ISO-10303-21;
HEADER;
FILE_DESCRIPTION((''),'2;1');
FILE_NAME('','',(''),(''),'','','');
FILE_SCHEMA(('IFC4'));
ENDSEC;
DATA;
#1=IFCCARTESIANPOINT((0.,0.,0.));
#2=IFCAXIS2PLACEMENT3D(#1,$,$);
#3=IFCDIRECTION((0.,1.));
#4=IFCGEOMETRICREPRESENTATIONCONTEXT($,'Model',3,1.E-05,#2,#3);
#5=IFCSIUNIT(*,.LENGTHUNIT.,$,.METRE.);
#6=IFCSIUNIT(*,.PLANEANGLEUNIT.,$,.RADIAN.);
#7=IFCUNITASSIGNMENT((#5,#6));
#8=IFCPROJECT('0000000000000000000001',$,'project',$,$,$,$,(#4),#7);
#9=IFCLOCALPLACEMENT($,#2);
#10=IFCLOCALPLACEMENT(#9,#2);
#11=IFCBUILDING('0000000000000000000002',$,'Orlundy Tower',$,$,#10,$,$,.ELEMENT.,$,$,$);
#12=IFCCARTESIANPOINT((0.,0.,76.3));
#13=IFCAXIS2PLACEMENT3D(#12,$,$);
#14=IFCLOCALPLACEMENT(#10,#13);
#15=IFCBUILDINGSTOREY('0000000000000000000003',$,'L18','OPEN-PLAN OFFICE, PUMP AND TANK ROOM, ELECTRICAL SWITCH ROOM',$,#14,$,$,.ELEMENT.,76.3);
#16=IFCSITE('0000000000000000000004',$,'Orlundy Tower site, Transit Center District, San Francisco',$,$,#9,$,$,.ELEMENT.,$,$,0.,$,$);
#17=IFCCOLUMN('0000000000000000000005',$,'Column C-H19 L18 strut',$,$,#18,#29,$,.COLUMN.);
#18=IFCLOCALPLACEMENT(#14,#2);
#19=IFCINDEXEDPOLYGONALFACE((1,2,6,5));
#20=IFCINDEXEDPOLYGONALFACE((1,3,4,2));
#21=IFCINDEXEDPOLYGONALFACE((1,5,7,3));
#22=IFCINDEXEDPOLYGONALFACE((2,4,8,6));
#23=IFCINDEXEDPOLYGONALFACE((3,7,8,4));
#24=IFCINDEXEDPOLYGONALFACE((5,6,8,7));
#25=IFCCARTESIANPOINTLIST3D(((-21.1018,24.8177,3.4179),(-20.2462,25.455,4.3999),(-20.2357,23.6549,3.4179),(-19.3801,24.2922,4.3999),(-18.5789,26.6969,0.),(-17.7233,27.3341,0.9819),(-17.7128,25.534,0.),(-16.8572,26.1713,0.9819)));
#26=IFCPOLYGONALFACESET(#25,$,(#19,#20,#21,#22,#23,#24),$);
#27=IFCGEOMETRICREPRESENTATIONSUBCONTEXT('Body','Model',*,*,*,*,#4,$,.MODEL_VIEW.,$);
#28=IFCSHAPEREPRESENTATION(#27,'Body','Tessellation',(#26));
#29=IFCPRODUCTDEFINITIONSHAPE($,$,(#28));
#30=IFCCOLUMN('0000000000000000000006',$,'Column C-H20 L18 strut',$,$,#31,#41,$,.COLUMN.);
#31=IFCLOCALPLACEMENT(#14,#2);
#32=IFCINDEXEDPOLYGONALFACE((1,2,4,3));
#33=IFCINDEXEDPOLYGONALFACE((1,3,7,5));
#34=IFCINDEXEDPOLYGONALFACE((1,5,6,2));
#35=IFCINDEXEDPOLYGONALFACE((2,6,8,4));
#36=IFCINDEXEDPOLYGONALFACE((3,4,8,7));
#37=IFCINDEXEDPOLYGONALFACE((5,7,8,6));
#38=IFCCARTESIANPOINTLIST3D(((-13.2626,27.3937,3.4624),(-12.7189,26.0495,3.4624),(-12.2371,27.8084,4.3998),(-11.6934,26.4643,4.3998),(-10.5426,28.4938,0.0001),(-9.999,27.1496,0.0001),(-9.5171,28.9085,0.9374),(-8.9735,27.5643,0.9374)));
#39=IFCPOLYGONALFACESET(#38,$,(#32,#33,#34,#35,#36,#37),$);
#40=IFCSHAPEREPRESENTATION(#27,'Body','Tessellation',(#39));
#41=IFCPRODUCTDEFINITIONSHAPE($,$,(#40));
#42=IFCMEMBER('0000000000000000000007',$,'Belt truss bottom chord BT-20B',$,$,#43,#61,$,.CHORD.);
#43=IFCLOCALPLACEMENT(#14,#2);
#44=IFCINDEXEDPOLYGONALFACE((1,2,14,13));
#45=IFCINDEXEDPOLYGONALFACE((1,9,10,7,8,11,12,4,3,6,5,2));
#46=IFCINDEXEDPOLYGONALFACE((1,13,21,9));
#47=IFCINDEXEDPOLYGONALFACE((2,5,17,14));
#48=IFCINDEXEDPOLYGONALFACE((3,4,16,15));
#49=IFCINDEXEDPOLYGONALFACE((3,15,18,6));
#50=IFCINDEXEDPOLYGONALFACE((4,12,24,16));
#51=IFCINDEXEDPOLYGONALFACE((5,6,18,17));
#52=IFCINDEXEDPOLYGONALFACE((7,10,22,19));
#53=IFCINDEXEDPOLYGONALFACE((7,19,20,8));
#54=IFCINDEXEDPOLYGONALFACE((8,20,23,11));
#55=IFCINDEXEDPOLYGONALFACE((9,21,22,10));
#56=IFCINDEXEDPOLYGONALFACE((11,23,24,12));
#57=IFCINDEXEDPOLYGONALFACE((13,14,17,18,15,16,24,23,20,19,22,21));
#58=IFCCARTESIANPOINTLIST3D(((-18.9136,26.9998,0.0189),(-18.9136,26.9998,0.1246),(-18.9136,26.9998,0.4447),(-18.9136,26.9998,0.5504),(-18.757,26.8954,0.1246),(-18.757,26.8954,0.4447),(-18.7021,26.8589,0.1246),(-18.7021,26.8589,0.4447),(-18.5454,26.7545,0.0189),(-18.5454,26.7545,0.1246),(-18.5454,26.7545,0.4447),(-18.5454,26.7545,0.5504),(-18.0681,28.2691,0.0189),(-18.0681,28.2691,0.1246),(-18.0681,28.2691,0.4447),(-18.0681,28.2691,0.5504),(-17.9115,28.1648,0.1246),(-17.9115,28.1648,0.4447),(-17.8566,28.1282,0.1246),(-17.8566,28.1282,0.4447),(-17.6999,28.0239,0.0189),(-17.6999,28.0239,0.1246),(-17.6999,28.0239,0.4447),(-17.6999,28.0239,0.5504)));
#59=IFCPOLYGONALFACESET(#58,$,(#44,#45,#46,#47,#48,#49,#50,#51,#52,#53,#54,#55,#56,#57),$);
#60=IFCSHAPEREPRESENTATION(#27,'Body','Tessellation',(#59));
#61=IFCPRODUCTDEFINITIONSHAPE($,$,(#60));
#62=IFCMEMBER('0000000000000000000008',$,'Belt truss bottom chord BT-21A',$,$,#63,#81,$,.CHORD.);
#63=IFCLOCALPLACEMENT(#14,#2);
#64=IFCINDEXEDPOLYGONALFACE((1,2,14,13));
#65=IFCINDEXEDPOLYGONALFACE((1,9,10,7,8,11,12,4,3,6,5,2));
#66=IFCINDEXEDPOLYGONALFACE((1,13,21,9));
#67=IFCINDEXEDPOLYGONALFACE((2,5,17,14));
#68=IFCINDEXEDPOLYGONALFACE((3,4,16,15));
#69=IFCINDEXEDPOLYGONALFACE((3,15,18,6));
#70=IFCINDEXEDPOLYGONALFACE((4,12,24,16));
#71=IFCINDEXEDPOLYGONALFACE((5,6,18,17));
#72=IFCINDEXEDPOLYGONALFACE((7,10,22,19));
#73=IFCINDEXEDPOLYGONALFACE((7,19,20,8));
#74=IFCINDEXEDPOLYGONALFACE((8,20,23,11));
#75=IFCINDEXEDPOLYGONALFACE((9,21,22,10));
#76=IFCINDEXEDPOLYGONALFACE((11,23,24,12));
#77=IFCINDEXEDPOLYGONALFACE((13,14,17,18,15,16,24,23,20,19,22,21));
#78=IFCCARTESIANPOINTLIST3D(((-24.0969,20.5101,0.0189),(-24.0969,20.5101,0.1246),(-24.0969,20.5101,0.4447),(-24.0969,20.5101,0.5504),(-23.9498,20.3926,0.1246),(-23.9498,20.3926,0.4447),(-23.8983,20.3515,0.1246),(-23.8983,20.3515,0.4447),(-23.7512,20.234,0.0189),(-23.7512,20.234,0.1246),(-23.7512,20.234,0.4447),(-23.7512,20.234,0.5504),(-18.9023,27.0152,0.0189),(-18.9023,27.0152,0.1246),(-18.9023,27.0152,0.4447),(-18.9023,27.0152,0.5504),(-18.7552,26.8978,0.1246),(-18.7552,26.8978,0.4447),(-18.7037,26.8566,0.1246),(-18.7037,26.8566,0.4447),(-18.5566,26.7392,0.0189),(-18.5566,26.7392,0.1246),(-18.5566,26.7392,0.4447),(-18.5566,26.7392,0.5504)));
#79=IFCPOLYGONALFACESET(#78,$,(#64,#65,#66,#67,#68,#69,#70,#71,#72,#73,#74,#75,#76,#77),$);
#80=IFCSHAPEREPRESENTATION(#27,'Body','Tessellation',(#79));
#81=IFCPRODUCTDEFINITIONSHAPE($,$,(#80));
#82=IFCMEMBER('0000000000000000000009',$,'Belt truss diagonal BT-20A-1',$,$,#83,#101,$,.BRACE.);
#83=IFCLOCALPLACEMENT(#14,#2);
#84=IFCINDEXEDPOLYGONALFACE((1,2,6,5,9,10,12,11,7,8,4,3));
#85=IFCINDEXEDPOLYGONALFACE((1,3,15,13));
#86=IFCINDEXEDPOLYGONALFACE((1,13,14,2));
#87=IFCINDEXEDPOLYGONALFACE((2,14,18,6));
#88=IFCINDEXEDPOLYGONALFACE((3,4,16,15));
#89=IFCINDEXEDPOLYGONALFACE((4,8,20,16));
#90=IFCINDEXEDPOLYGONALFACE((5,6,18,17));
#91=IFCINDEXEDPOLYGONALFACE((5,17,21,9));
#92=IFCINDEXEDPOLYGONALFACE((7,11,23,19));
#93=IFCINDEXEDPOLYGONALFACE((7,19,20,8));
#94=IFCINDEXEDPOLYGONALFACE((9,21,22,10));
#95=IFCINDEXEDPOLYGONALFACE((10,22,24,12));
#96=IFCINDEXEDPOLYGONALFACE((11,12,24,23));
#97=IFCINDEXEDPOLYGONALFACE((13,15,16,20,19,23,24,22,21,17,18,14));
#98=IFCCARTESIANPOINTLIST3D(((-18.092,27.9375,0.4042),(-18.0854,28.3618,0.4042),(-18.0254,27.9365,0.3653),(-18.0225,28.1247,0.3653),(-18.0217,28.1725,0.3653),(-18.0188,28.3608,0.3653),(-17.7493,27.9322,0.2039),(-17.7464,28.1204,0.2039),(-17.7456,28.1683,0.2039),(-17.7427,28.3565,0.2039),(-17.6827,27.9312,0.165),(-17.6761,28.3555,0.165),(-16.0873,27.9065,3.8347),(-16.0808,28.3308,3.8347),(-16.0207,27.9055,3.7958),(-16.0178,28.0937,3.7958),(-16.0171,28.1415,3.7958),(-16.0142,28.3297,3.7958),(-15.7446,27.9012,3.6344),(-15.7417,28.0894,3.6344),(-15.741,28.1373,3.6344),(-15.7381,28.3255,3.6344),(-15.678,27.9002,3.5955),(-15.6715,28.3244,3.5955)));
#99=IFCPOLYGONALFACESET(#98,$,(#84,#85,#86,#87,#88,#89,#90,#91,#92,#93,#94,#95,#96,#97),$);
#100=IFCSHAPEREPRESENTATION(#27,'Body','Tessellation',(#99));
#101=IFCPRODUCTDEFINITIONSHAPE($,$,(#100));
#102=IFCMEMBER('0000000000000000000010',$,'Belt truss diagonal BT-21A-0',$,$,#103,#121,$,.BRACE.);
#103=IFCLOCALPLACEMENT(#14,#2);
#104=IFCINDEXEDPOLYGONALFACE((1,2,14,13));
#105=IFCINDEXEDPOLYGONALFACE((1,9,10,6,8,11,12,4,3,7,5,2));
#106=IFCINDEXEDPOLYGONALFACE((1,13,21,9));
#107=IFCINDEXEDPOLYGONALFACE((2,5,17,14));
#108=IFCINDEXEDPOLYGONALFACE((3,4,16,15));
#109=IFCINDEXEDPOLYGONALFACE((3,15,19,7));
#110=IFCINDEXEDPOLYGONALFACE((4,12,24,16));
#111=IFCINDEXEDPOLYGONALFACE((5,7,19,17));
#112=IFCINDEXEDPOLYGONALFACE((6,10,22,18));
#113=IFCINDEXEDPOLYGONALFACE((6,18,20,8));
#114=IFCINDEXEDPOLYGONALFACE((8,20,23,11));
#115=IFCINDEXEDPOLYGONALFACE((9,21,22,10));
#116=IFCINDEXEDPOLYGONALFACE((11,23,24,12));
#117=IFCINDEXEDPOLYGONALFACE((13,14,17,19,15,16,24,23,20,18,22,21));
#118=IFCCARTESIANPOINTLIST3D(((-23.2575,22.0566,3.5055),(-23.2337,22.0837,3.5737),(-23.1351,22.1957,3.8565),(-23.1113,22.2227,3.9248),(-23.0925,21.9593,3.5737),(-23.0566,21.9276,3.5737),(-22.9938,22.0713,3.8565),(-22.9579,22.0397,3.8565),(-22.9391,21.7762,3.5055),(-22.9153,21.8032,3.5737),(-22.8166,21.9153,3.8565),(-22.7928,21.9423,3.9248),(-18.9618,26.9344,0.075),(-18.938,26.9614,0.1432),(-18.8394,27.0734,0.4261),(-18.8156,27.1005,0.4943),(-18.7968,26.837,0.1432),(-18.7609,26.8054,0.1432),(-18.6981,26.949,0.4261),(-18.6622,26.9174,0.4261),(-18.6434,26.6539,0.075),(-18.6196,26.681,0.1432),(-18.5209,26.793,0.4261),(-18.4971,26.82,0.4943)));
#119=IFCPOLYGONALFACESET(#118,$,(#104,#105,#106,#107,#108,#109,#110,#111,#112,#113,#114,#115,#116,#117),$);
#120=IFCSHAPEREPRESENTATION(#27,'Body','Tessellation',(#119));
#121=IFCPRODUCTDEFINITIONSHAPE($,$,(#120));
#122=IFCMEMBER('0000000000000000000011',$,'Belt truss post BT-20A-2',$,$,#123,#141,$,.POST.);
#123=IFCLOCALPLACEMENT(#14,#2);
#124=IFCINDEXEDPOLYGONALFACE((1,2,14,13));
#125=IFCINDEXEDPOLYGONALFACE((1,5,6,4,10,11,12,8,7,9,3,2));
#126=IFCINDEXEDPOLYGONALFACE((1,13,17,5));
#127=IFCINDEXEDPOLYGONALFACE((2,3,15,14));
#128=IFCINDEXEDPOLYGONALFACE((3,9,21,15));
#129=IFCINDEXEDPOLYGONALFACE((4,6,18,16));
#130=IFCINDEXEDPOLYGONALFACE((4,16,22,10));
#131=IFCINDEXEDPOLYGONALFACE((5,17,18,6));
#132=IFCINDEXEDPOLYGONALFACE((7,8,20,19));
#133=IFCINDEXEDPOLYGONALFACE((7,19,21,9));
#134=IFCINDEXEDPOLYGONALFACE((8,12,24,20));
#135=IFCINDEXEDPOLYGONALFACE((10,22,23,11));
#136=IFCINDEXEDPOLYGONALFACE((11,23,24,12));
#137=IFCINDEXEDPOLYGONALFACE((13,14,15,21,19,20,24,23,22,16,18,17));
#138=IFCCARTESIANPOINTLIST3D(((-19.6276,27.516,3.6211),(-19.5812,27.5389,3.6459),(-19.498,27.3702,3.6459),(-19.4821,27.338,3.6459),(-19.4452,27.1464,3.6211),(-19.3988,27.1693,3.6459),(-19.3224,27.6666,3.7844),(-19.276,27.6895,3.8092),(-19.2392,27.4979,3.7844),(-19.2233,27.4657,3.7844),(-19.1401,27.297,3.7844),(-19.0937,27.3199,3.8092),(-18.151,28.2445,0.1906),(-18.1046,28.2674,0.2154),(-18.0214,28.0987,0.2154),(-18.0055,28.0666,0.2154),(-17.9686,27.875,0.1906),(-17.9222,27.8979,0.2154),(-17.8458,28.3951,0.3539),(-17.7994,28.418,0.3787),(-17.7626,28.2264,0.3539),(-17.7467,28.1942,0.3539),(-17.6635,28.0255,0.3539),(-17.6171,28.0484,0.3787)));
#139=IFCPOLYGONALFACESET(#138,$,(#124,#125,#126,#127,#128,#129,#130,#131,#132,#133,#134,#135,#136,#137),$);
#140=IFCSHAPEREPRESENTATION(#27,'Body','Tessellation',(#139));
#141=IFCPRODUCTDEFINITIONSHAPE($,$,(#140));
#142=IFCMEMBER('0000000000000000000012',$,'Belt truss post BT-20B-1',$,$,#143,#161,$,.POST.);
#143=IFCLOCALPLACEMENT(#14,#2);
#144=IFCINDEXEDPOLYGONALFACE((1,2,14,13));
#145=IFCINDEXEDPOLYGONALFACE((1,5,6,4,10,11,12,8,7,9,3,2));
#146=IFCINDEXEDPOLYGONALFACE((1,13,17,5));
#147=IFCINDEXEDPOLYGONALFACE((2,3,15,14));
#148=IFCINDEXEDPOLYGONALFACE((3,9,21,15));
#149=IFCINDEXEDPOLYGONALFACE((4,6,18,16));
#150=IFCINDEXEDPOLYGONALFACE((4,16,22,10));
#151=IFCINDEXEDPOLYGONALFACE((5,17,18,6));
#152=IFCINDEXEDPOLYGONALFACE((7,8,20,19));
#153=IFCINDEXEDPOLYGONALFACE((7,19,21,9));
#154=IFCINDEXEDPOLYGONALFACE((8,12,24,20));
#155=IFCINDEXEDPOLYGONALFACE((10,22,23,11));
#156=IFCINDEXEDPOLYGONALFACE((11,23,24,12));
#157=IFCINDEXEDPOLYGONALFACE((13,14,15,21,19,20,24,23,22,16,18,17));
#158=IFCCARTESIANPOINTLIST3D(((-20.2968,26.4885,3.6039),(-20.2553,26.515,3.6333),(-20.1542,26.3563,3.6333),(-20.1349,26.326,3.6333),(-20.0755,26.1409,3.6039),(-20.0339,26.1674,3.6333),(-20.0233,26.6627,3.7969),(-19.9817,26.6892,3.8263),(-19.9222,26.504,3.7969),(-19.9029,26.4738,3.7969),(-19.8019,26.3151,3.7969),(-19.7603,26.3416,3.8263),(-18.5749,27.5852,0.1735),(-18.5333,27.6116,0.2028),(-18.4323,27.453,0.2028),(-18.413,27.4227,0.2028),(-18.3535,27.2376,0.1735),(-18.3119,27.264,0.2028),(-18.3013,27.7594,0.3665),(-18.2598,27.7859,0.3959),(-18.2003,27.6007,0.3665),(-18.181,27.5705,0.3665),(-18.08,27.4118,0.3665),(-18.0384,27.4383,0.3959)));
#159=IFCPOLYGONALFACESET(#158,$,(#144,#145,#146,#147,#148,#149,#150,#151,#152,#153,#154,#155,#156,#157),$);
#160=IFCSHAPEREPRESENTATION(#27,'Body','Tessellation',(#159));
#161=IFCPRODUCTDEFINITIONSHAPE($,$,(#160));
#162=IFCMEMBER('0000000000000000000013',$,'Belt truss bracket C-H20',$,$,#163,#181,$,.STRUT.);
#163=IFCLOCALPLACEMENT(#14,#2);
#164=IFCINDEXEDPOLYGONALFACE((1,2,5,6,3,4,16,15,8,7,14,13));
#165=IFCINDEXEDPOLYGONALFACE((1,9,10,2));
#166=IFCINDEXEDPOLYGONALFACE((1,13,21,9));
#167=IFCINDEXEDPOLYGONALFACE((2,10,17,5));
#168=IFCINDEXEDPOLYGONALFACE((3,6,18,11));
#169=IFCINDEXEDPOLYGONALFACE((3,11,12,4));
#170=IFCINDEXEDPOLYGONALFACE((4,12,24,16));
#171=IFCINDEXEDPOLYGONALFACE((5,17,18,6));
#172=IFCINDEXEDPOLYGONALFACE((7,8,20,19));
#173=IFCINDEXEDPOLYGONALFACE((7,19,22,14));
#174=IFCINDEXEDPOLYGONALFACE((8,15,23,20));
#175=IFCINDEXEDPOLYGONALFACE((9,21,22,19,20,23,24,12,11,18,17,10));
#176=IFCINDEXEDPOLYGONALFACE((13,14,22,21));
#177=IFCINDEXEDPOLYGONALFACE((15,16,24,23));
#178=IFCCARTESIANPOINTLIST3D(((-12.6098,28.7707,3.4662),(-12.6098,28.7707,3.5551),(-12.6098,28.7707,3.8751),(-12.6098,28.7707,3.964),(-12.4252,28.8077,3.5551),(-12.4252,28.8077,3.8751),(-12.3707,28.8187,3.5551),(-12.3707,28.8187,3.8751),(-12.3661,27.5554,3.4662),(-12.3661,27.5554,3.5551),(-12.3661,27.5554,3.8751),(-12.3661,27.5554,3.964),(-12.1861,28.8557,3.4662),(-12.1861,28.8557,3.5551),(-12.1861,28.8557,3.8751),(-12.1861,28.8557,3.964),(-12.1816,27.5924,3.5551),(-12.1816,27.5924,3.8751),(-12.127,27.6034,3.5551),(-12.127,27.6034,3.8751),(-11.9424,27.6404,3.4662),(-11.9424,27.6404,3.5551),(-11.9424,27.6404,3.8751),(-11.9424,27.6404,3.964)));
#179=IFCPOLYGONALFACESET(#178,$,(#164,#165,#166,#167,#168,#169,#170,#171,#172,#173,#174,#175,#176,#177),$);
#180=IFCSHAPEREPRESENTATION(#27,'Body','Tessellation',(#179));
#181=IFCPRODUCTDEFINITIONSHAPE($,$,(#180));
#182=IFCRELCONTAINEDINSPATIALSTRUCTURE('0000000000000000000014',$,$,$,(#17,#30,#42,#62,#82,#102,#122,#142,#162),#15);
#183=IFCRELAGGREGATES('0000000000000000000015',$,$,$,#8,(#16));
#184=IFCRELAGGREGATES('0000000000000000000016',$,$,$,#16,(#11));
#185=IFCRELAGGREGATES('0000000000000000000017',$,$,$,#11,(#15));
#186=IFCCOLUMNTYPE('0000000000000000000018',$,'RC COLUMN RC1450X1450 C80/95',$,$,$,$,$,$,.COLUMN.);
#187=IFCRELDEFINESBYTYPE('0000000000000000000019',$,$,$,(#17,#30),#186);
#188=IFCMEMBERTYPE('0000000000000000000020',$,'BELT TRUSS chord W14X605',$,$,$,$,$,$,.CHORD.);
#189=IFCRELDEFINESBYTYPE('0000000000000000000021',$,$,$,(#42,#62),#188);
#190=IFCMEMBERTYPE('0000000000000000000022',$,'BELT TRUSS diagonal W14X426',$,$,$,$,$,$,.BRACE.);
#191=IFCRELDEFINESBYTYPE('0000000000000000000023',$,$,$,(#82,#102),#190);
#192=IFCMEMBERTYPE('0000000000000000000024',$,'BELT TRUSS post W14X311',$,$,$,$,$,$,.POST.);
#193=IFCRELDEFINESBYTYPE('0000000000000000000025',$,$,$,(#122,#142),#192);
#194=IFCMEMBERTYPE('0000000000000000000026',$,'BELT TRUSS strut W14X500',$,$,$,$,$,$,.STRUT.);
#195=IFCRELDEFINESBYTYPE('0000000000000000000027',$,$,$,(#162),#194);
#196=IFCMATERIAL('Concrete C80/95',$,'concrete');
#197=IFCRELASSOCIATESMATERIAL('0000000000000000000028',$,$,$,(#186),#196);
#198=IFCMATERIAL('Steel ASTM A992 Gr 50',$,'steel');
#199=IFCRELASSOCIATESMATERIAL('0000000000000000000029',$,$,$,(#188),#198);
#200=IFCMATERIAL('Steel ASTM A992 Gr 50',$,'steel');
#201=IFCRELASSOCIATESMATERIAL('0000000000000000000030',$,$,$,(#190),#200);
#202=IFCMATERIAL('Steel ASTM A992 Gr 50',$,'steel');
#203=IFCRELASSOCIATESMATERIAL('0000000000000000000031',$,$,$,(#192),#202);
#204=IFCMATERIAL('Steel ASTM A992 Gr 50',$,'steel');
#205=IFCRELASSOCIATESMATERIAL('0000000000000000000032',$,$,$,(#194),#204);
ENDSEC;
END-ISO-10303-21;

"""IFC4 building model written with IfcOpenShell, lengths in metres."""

from ifc_helpers import new_model, si_unit, direction, frame, origin, origin_2d, place, context, subcontext, project, spatial, rectangle, i_section, extrude, material, material_profile, profile_set, type_object, element, save


model = new_model("IFC4")

# Units and contexts
model_context = context("Model", 3, precision=1e-05, world=origin(), true_north=direction((0.0, 1.0)))
body_context = subcontext(model_context, "Body", "Model", "MODEL_VIEW")
ifc_project = project(units=[si_unit("LENGTHUNIT", "METRE"), si_unit("PLANEANGLEUNIT", "RADIAN")], contexts=[model_context])

# Site, building, storey
site_placement = place(None, origin())
site = spatial("IfcSite", under=ifc_project, at=site_placement, Name="Orlundy Tower site, Transit Center District, San Francisco", CompositionType="ELEMENT", RefElevation=0.0)
building_placement = place(site_placement, origin())
building = spatial("IfcBuilding", under=site, at=building_placement, Name="Orlundy Tower", CompositionType="ELEMENT")
storey_placement = place(building_placement, frame((0.0, 0.0, 76.3)))
storey = spatial("IfcBuildingStorey", under=building, at=storey_placement, Name="L18", Description="OPEN-PLAN OFFICE, PUMP AND TANK ROOM, ELECTRICAL SWITCH ROOM", CompositionType="ELEMENT", Elevation=76.3)

# Columns
ifc_material_1 = material(Name="Concrete C80/95", Category="concrete")
ifc_material_profile_1 = material_profile(ifc_material_1, rectangle(XDim=1.45, YDim=1.45, at=origin_2d()), Name="RC1450X1450")
ifc_profile_set_1 = profile_set([ifc_material_profile_1], Name="Concrete C80/95")
column_type = type_object("IfcColumnType", Name="RC COLUMN RC1450X1450 C80/95", PredefinedType="COLUMN", material=ifc_profile_set_1)
column_1_placement = place(storey_placement, frame((-17.718, 26.4341, 0.491), z_axis=(-0.543116, -0.404526, 0.735788), x_axis=(0.597339, -0.801989, 0.0)))
element("IfcColumn", 1, at=column_1_placement, inside=storey, type_object=column_type, Name="Column C-H19 L18 strut", PredefinedType="COLUMN", context=body_context, shape_type="SweptSolid", body=[
    extrude(rectangle(XDim=1.45, YDim=1.45, at=origin_2d()), origin(), (0.0, 0.0, 1.0), 4.6453),
])
column_2_placement = place(storey_placement, frame((-9.7581, 28.0291, 0.4688), z_axis=(-0.599329, -0.2424, 0.76292), x_axis=(0.374946, -0.927047, 0.0)))
element("IfcColumn", 2, at=column_2_placement, inside=storey, type_object=column_type, Name="Column C-H20 L18 strut", PredefinedType="COLUMN", context=body_context, shape_type="SweptSolid", body=[
    extrude(rectangle(XDim=1.45, YDim=1.45, at=origin_2d()), origin(), (0.0, 0.0, 1.0), 4.5383),
])

# Members
ifc_material_2 = material(Name="Steel ASTM A992 Gr 50", Category="steel")
ifc_material_profile_2 = material_profile(ifc_material_2, i_section(OverallWidth=0.4424, OverallDepth=0.5315, WebThickness=0.0659, FlangeThickness=0.1057, at=origin_2d()), Name="W14X605")
ifc_profile_set_2 = profile_set([ifc_material_profile_2], Name="Steel ASTM A992 Gr 50")
member_type_1 = type_object("IfcMemberType", Name="BELT TRUSS chord W14X605", PredefinedType="CHORD", material=ifc_profile_set_2)
member_1_placement = place(storey_placement, frame((-17.884, 28.1465, 0.2847), z_axis=(-0.554368, -0.832272, 0.0), x_axis=(0.832272, -0.554368, 0.0)))
element("IfcMember", 3, at=member_1_placement, inside=storey, type_object=member_type_1, Name="Belt truss bottom chord BT-20B", PredefinedType="CHORD", context=body_context, shape_type="SweptSolid", body=[
    extrude(i_section(OverallWidth=0.4424, OverallDepth=0.5315, WebThickness=0.0659, FlangeThickness=0.1057, at=origin_2d()), origin(), (0.0, 0.0, 1.0), 1.5251),
])
member_2_placement = place(storey_placement, frame((-18.7295, 26.8772, 0.2847), z_axis=(-0.623997, -0.781426, 0.0), x_axis=(0.781426, -0.623997, 0.0)))
element("IfcMember", 4, at=member_2_placement, inside=storey, type_object=member_type_1, Name="Belt truss bottom chord BT-21A", PredefinedType="CHORD", context=body_context, shape_type="SweptSolid", body=[
    extrude(i_section(OverallWidth=0.4424, OverallDepth=0.5315, WebThickness=0.0659, FlangeThickness=0.1057, at=origin_2d()), origin(), (0.0, 0.0, 1.0), 8.3247),
])
ifc_material_3 = material(Name="Steel ASTM A992 Gr 50", Category="steel")
ifc_material_profile_3 = material_profile(ifc_material_3, i_section(OverallWidth=0.4243, OverallDepth=0.4741, WebThickness=0.0479, FlangeThickness=0.0771, at=origin_2d()), Name="W14X426")
ifc_profile_set_3 = profile_set([ifc_material_profile_3], Name="Steel ASTM A992 Gr 50")
member_type_2 = type_object("IfcMemberType", Name="BELT TRUSS diagonal W14X426", PredefinedType="BRACE", material=ifc_profile_set_3)
member_3_placement = place(storey_placement, frame((-15.8794, 28.1155, 3.7151), z_axis=(-0.504524, 0.007804, -0.863362), x_axis=(-0.015465, -0.99988, 0.0)))
element("IfcMember", 5, at=member_3_placement, inside=storey, type_object=member_type_2, Name="Belt truss diagonal BT-20A-1", PredefinedType="BRACE", context=body_context, shape_type="SweptSolid", body=[
    extrude(i_section(OverallWidth=0.4243, OverallDepth=0.4741, WebThickness=0.0479, FlangeThickness=0.0771, at=origin_2d()), origin(), (0.0, 0.0, 1.0), 3.9734),
])
member_4_placement = place(storey_placement, frame((-18.7295, 26.8772, 0.2847), z_axis=(-0.584498, -0.663694, 0.466768), x_axis=(0.750462, -0.660913, 0.0)))
element("IfcMember", 6, at=member_4_placement, inside=storey, type_object=member_type_2, Name="Belt truss diagonal BT-21A-0", PredefinedType="BRACE", context=body_context, shape_type="SweptSolid", body=[
    extrude(i_section(OverallWidth=0.4243, OverallDepth=0.4741, WebThickness=0.0479, FlangeThickness=0.0771, at=origin_2d()), origin(), (0.0, 0.0, 1.0), 7.3494),
])
ifc_material_4 = material(Name="Steel ASTM A992 Gr 50", Category="steel")
ifc_material_profile_4 = material_profile(ifc_material_4, i_section(OverallWidth=0.4121, OverallDepth=0.4348, WebThickness=0.0359, FlangeThickness=0.0574, at=origin_2d()), Name="W14X311")
ifc_profile_set_4 = profile_set([ifc_material_profile_4], Name="Steel ASTM A992 Gr 50")
member_type_3 = type_object("IfcMemberType", Name="BELT TRUSS post W14X311", PredefinedType="POST", material=ifc_profile_set_4)
member_5_placement = place(storey_placement, frame((-17.884, 28.1465, 0.2847), z_axis=(-0.388049, -0.191458, 0.901533), x_axis=(0.442462, -0.896787, 0.0)))
element("IfcMember", 7, at=member_5_placement, inside=storey, type_object=member_type_3, Name="Belt truss post BT-20A-2", PredefinedType="POST", context=body_context, shape_type="SweptSolid", body=[
    extrude(i_section(OverallWidth=0.4121, OverallDepth=0.4348, WebThickness=0.0359, FlangeThickness=0.0574, at=origin_2d()), origin(), (0.0, 0.0, 1.0), 3.8052),
])
member_6_placement = place(storey_placement, frame((-18.3066, 27.5117, 0.2847), z_axis=(-0.431351, -0.274724, 0.859339), x_axis=(0.537193, -0.84346, 0.0)))
element("IfcMember", 8, at=member_6_placement, inside=storey, type_object=member_type_3, Name="Belt truss post BT-20B-1", PredefinedType="POST", context=body_context, shape_type="SweptSolid", body=[
    extrude(i_section(OverallWidth=0.4121, OverallDepth=0.4348, WebThickness=0.0359, FlangeThickness=0.0574, at=origin_2d()), origin(), (0.0, 0.0, 1.0), 3.9919),
])
ifc_material_5 = material(Name="Steel ASTM A992 Gr 50", Category="steel")
ifc_material_profile_5 = material_profile(ifc_material_5, i_section(OverallWidth=0.4321, OverallDepth=0.4978, WebThickness=0.0557, FlangeThickness=0.0889, at=origin_2d()), Name="W14X500")
ifc_profile_set_5 = profile_set([ifc_material_profile_5], Name="Steel ASTM A992 Gr 50")
member_type_4 = type_object("IfcMemberType", Name="BELT TRUSS strut W14X500", PredefinedType="STRUT", material=ifc_profile_set_5)
member_7_placement = place(storey_placement, frame((-12.1543, 27.5979, 3.7151), z_axis=(-0.196571, 0.98049, 0.0), x_axis=(-0.98049, -0.196571, 0.0)))
element("IfcMember", 9, at=member_7_placement, inside=storey, type_object=member_type_4, Name="Belt truss bracket C-H20", PredefinedType="STRUT", context=body_context, shape_type="SweptSolid", body=[
    extrude(i_section(OverallWidth=0.4321, OverallDepth=0.4978, WebThickness=0.0557, FlangeThickness=0.0889, at=origin_2d()), origin(), (0.0, 0.0, 1.0), 1.2395),
])

save(model, "model.ifc")
